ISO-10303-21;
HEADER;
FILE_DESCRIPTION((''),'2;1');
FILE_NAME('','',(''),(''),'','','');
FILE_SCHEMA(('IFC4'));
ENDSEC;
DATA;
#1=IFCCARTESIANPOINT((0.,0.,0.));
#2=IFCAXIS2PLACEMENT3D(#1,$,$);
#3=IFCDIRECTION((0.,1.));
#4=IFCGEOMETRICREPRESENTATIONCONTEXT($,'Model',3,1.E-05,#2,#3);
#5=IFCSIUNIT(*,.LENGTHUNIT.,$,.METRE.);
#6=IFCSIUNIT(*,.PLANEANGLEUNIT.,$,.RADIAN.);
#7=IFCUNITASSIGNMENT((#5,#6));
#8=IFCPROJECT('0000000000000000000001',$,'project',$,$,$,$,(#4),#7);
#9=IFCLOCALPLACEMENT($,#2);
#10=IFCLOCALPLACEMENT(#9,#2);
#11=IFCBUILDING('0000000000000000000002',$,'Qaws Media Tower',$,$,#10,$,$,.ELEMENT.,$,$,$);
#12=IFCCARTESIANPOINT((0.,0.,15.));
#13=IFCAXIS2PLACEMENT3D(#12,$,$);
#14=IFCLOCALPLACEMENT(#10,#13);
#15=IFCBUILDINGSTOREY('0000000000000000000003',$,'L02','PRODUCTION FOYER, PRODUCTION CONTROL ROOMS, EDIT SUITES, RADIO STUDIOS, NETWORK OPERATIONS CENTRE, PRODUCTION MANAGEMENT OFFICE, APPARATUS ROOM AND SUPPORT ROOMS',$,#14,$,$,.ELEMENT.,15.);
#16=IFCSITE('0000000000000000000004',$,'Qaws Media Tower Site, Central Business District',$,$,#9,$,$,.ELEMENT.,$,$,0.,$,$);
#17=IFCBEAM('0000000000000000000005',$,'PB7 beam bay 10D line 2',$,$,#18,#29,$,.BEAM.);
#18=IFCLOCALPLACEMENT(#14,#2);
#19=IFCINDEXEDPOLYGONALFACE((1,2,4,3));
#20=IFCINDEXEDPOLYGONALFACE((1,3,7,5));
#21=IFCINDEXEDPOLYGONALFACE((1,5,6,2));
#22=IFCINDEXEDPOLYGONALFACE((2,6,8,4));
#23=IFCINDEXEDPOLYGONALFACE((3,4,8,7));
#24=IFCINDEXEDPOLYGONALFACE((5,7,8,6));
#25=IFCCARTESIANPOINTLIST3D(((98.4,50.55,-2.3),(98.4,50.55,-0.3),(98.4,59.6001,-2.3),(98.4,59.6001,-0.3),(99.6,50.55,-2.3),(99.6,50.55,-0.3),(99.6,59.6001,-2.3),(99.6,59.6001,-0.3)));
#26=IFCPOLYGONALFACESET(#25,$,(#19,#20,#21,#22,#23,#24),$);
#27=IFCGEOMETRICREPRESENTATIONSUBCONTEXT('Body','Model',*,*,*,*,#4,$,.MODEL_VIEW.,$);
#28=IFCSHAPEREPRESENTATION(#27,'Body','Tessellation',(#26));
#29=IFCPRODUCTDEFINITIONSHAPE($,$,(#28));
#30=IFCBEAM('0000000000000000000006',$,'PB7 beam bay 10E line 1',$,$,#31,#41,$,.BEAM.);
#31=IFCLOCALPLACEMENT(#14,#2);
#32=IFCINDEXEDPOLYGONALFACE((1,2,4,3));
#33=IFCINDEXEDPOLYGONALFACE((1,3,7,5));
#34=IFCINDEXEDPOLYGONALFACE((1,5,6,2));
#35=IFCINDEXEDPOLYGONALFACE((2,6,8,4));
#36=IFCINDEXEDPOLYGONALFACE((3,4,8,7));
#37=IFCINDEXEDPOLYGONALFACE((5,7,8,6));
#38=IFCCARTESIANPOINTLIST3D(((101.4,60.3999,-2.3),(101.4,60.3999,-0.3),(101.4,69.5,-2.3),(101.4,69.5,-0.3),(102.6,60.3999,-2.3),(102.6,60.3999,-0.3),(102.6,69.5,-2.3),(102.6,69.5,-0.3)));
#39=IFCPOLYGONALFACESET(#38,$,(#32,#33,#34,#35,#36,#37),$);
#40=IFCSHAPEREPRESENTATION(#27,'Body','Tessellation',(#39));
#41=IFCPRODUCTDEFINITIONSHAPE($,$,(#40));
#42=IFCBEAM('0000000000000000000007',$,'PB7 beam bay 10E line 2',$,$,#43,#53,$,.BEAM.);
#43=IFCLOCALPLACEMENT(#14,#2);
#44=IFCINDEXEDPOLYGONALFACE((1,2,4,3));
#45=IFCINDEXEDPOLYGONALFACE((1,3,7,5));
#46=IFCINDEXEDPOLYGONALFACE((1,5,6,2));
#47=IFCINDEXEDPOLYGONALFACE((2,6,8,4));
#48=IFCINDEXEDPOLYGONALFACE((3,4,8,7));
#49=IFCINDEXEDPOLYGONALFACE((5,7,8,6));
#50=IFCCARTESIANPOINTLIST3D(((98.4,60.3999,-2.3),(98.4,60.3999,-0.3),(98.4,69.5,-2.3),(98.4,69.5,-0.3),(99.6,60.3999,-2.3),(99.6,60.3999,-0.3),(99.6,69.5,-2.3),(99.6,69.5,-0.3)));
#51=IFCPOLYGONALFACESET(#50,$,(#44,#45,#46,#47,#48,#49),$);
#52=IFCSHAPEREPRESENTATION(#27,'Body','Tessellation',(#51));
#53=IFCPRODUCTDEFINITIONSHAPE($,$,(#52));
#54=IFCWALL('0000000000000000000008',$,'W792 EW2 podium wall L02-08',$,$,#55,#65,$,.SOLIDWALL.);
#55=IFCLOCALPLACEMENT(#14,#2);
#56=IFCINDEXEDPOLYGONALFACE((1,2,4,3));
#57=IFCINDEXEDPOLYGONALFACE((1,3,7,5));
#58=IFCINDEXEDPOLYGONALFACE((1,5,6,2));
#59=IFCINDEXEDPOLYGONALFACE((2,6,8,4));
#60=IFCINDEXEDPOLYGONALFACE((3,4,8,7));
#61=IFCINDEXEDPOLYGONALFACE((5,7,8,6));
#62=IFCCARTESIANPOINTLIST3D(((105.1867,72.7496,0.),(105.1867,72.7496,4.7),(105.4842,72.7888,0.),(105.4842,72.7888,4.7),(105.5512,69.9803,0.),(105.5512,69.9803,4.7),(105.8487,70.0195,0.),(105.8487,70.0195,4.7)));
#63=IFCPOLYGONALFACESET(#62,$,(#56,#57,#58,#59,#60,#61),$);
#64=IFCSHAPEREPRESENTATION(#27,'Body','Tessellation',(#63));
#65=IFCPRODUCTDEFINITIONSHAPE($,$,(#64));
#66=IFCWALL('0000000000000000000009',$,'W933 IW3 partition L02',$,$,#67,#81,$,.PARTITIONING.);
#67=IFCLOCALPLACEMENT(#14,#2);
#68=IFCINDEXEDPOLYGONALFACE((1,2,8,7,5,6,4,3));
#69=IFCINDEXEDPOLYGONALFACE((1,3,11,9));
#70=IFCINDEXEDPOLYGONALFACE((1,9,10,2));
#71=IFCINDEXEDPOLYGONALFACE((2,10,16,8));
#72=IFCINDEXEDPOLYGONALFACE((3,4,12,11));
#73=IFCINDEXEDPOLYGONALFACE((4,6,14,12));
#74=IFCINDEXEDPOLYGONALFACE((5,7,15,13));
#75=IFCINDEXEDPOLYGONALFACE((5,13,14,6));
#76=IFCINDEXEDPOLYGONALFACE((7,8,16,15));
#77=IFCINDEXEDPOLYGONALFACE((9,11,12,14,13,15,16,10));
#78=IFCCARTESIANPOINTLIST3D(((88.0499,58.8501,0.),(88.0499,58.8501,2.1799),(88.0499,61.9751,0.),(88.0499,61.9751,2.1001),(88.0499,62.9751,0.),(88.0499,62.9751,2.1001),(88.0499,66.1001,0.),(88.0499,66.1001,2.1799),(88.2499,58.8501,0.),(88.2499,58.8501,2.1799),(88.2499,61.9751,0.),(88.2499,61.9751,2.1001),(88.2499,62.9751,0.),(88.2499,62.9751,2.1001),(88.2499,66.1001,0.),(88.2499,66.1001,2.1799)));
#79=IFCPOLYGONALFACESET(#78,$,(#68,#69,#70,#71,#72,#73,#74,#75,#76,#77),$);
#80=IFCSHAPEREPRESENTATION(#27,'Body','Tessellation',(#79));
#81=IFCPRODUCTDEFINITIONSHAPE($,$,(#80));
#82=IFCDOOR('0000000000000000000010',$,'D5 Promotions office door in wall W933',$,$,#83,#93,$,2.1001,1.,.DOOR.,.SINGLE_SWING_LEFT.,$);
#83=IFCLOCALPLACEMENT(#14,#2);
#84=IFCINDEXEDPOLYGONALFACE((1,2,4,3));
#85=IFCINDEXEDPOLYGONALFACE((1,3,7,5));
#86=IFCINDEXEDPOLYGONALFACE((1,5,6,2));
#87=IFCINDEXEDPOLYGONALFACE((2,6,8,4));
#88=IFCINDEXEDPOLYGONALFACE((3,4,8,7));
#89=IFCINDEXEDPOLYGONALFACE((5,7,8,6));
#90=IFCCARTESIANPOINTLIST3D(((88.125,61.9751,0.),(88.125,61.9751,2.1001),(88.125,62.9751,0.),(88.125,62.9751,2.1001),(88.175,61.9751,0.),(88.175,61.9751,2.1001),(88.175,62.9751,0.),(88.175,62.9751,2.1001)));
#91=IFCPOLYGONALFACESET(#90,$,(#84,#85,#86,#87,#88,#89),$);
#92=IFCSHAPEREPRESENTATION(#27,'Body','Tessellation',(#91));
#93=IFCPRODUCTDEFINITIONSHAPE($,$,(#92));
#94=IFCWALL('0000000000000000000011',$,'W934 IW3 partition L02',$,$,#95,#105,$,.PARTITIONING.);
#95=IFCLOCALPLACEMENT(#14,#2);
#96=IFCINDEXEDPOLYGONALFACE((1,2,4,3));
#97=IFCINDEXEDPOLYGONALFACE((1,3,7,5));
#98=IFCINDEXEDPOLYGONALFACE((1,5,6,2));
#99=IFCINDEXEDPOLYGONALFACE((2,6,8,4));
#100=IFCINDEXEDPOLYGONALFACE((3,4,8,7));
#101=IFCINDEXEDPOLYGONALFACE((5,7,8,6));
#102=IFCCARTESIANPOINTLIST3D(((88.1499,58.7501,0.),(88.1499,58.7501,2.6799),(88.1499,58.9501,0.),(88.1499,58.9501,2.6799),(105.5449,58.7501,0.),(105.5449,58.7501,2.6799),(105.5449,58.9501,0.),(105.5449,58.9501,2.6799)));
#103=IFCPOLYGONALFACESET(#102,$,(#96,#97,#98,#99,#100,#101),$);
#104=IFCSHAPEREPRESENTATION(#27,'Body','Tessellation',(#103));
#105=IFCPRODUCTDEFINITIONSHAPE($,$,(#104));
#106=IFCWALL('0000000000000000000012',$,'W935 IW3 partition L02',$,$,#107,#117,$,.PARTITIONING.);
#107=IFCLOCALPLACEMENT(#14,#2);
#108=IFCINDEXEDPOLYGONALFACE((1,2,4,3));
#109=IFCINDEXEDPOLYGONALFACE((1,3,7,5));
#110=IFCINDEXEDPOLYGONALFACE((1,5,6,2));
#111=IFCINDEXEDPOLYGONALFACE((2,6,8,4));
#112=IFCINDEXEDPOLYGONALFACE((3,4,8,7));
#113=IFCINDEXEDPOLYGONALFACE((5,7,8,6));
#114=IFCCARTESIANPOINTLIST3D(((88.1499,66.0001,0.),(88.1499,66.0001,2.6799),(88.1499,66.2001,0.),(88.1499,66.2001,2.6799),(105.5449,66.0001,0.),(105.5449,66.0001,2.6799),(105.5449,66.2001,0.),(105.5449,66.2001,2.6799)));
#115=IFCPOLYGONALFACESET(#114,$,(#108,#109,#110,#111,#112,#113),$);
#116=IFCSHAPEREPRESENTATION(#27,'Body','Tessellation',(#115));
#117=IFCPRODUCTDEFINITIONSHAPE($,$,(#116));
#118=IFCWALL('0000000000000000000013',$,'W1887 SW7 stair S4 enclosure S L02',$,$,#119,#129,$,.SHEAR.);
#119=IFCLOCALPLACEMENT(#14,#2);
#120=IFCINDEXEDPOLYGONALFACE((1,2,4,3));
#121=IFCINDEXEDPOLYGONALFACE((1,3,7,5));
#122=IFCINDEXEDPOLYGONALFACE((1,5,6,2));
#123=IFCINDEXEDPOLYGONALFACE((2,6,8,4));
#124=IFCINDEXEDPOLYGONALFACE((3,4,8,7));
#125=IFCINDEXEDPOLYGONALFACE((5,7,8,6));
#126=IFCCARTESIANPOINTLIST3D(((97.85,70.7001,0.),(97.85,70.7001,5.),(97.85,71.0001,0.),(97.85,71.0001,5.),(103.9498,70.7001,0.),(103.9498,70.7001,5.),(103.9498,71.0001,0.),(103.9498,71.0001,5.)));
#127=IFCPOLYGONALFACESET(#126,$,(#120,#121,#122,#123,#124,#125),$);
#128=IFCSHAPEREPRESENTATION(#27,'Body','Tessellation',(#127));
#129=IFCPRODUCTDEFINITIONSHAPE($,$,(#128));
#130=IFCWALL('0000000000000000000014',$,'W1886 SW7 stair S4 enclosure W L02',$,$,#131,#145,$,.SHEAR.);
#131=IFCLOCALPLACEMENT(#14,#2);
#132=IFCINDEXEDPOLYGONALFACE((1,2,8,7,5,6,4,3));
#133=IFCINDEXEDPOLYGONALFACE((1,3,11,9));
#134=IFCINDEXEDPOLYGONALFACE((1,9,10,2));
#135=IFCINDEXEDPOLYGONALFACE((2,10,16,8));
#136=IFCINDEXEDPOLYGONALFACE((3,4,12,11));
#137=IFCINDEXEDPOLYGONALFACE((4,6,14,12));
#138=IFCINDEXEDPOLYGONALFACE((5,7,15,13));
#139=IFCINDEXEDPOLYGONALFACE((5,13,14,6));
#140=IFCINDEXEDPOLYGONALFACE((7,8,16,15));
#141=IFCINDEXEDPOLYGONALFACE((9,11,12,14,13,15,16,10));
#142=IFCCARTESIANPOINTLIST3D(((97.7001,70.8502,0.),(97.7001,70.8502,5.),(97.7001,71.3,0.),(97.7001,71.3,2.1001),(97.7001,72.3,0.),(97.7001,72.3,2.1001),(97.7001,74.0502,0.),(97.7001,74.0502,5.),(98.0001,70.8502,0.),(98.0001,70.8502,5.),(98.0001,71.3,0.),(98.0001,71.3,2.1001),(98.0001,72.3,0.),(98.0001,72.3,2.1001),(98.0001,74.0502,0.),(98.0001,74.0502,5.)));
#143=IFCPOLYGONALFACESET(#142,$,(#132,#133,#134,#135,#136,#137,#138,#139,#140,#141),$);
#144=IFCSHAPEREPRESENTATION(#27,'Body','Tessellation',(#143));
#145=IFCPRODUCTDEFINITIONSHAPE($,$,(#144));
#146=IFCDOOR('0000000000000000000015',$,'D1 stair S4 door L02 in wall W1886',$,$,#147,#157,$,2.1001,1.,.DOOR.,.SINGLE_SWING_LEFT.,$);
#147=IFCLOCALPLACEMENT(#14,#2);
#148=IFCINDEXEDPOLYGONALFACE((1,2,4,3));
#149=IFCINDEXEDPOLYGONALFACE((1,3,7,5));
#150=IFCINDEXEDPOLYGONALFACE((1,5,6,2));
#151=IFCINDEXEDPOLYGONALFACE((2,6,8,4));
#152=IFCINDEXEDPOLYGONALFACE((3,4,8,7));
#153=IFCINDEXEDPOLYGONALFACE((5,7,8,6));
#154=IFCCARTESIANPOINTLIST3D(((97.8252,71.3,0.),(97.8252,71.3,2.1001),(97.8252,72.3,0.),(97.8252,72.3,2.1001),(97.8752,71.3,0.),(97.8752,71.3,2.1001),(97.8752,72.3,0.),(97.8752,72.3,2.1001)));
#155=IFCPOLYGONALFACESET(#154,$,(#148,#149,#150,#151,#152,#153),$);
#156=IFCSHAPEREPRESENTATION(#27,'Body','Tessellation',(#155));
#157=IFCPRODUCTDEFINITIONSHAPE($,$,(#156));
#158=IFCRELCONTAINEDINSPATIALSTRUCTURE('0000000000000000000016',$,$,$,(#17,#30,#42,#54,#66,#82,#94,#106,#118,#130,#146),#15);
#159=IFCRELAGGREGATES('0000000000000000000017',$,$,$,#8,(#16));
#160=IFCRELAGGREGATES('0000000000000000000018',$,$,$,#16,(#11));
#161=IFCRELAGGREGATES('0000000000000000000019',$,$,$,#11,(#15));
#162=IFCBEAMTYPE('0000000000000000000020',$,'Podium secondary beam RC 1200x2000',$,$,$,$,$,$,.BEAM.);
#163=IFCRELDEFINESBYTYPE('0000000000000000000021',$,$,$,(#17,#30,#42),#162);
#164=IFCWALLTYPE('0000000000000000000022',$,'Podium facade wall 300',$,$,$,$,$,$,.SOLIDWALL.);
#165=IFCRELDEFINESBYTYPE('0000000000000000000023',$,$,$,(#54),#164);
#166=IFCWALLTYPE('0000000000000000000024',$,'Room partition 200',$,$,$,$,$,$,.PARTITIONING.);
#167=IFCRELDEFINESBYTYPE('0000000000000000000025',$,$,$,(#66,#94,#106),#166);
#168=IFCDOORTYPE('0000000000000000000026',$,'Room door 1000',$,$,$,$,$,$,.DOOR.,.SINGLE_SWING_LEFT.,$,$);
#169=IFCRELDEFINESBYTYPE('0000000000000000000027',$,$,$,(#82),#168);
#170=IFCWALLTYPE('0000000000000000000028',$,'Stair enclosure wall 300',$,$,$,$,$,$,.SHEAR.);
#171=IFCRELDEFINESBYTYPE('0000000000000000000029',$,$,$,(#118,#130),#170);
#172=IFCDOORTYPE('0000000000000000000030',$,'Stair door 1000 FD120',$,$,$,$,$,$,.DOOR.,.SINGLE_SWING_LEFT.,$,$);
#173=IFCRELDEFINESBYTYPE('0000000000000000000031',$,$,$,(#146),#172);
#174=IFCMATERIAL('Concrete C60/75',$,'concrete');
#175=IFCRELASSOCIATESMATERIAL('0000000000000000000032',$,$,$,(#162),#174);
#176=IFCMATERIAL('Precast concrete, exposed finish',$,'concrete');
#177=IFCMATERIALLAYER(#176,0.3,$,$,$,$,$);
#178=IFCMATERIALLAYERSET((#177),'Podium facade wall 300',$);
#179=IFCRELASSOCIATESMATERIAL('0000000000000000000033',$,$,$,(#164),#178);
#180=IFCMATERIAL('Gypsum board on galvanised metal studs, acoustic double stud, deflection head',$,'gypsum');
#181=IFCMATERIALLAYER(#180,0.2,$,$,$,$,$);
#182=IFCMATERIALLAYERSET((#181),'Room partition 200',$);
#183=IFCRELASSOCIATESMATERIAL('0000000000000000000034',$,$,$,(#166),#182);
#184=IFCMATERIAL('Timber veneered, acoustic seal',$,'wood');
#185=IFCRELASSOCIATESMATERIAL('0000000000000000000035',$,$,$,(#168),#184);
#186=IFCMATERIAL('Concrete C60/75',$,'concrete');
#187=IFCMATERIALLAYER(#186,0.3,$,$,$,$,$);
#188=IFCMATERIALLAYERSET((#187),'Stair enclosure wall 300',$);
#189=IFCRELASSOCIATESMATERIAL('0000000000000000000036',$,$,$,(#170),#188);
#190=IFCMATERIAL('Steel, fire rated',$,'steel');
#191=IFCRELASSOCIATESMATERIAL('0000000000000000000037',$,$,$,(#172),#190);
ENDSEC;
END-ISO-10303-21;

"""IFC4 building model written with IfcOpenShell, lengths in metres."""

from ifc_helpers import new_model, si_unit, direction, frame, frame_2d, origin, origin_2d, place, context, subcontext, project, spatial, rectangle, extrude, material, layer, layer_set, material_profile, profile_set, type_object, element, fill, save


model = new_model("IFC4")

# Units and contexts
model_context = context("Model", 3, precision=1e-05, world=origin(), true_north=direction((0.0, 1.0)))
body_context = subcontext(model_context, "Body", "Model", "MODEL_VIEW")
ifc_project = project(units=[si_unit("LENGTHUNIT", "METRE"), si_unit("PLANEANGLEUNIT", "RADIAN")], contexts=[model_context])

# Site, building, storey
site_placement = place(None, origin())
site = spatial("IfcSite", under=ifc_project, at=site_placement, Name="Qaws Media Tower Site, Central Business District", CompositionType="ELEMENT", RefElevation=0.0)
building_placement = place(site_placement, origin())
building = spatial("IfcBuilding", under=site, at=building_placement, Name="Qaws Media Tower", CompositionType="ELEMENT")
storey_placement = place(building_placement, frame((0.0, 0.0, 15.0)))
storey = spatial("IfcBuildingStorey", under=building, at=storey_placement, Name="L02", Description="PRODUCTION FOYER, PRODUCTION CONTROL ROOMS, EDIT SUITES, RADIO STUDIOS, NETWORK OPERATIONS CENTRE, PRODUCTION MANAGEMENT OFFICE, APPARATUS ROOM AND SUPPORT ROOMS", CompositionType="ELEMENT", Elevation=15.0)

# Beams
ifc_material_1 = material(Name="Concrete C60/75", Category="concrete")
ifc_material_profile_1 = material_profile(ifc_material_1, rectangle(XDim=1.2, YDim=2.0, at=origin_2d()), Name="RC 1200x2000")
ifc_profile_set_1 = profile_set([ifc_material_profile_1], Name="Concrete C60/75")
beam_type_1 = type_object("IfcBeamType", Name="Podium secondary beam RC 1200x2000", PredefinedType="BEAM", material=ifc_profile_set_1)
for number, where, z_axis, x_axis, name in (
    (1, (99.0, 50.55, -1.3), (0.0, 1.0, 0.0), (-1.0, 0.0, 0.0), "PB7 beam bay 10D line 2"),
):
    element("IfcBeam", number, at=place(storey_placement, frame(where, z_axis=z_axis, x_axis=x_axis)), inside=storey, type_object=beam_type_1, Name=name, PredefinedType="BEAM", context=body_context, shape_type="SweptSolid", body=[
        extrude(rectangle(XDim=1.2, YDim=2.0, at=origin_2d()), origin(), (0.0, 0.0, 1.0), 9.05),
    ])
for number, where, z_axis, x_axis, name in (
    (2, (102.0, 60.3999, -1.3), (0.0, 1.0, 0.0), (-1.0, 0.0, 0.0), "PB7 beam bay 10E line 1"),
    (3, (99.0, 60.3999, -1.3), (0.0, 1.0, 0.0), (-1.0, 0.0, 0.0), "PB7 beam bay 10E line 2"),
):
    element("IfcBeam", number, at=place(storey_placement, frame(where, z_axis=z_axis, x_axis=x_axis)), inside=storey, type_object=beam_type_1, Name=name, PredefinedType="BEAM", context=body_context, shape_type="SweptSolid", body=[
        extrude(rectangle(XDim=1.2, YDim=2.0, at=origin_2d()), origin(), (0.0, 0.0, 1.0), 9.1001),
    ])

# Wall
ifc_material_2 = material(Name="Precast concrete, exposed finish", Category="concrete")
ifc_layer_1 = layer(ifc_material_2, 0.3)
ifc_layer_set_1 = layer_set([ifc_layer_1], Name="Podium facade wall 300")
wall_type_1 = type_object("IfcWallType", Name="Podium facade wall 300", PredefinedType="SOLIDWALL", material=ifc_layer_set_1)
wall_1_placement = place(storey_placement, frame((105.7, 70.0, 0.0), z_axis=(0.0, 0.0, 1.0), x_axis=(-0.130497, 0.991449, 0.0)))
element("IfcWall", 4, at=wall_1_placement, inside=storey, type_object=wall_type_1, Name="W792 EW2 podium wall L02-08", PredefinedType="SOLIDWALL", context=body_context, shape_type="SweptSolid", body=[
    extrude(rectangle(XDim=2.7932, YDim=0.3, at=frame_2d((1.3965, 0.0))), origin(), (0.0, 0.0, 1.0), 4.7),
])

# Wall, opening, door
ifc_material_3 = material(Name="Gypsum board on galvanised metal studs, acoustic double stud, deflection head", Category="gypsum")
ifc_layer_2 = layer(ifc_material_3, 0.2)
ifc_layer_set_2 = layer_set([ifc_layer_2], Name="Room partition 200")
wall_type_2 = type_object("IfcWallType", Name="Room partition 200", PredefinedType="PARTITIONING", material=ifc_layer_set_2)
wall_2_placement = place(storey_placement, frame((88.1499, 58.8501, 0.0), z_axis=(0.0, 0.0, 1.0), x_axis=(0.0, 1.0, 0.0)))
wall_2 = element("IfcWall", 5, at=wall_2_placement, inside=storey, type_object=wall_type_2, Name="W933 IW3 partition L02", PredefinedType="PARTITIONING", context=body_context, shape_type="SweptSolid", body=[
    extrude(rectangle(XDim=7.25, YDim=0.2, at=frame_2d((3.625, 0.0))), origin(), (0.0, 0.0, 1.0), 2.1799),
])
opening_1_placement = place(wall_2_placement, frame((3.125, 0.0, 0.0)))
opening_1 = element("IfcOpeningElement", 6, at=opening_1_placement, cuts=wall_2, PredefinedType="OPENING", context=body_context, shape_type="SweptSolid", body=[
    extrude(rectangle(XDim=1.0, YDim=2.1001, at=frame_2d((0.5, 1.05))), frame((0.0, 0.1099, 0.0), z_axis=(0.0, -1.0, 0.0), x_axis=(1.0, 0.0, 0.0)), (0.0, 0.0, 1.0), 0.22),
])
ifc_material_4 = material(Name="Timber veneered, acoustic seal", Category="wood")
door_type_1 = type_object("IfcDoorType", Name="Room door 1000", OperationType="SINGLE_SWING_LEFT", PredefinedType="DOOR", material=ifc_material_4)
door_1_placement = place(opening_1_placement, origin())
door_1 = element("IfcDoor", 7, at=door_1_placement, inside=storey, type_object=door_type_1, Name="D5 Promotions office door in wall W933", OperationType="SINGLE_SWING_LEFT", OverallHeight=2.1001, OverallWidth=1.0, PredefinedType="DOOR", context=body_context, shape_type="SweptSolid", body=[
    extrude(rectangle(XDim=1.0, YDim=2.1001, at=frame_2d((0.5, 1.05))), frame((0.0, 0.0249, 0.0), z_axis=(0.0, -1.0, 0.0), x_axis=(1.0, 0.0, 0.0)), (0.0, 0.0, 1.0), 0.05),
])
fill(opening_1, door_1)

# Walls
for number, where, z_axis, x_axis, name in (
    (8, (88.1499, 58.8501, 0.0), (0.0, 0.0, 1.0), (1.0, 0.0, 0.0), "W934 IW3 partition L02"),
    (9, (88.1499, 66.1001, 0.0), (0.0, 0.0, 1.0), (1.0, 0.0, 0.0), "W935 IW3 partition L02"),
):
    element("IfcWall", number, at=place(storey_placement, frame(where, z_axis=z_axis, x_axis=x_axis)), inside=storey, type_object=wall_type_2, Name=name, PredefinedType="PARTITIONING", context=body_context, shape_type="SweptSolid", body=[
        extrude(rectangle(XDim=17.395, YDim=0.2, at=frame_2d((8.6975, 0.0))), origin(), (0.0, 0.0, 1.0), 2.6799),
    ])
ifc_material_5 = material(Name="Concrete C60/75", Category="concrete")
ifc_layer_3 = layer(ifc_material_5, 0.3)
ifc_layer_set_3 = layer_set([ifc_layer_3], Name="Stair enclosure wall 300")
wall_type_3 = type_object("IfcWallType", Name="Stair enclosure wall 300", PredefinedType="SHEAR", material=ifc_layer_set_3)
wall_3_placement = place(storey_placement, frame((97.8501, 70.8501, 0.0), z_axis=(0.0, 0.0, 1.0), x_axis=(1.0, 0.0, 0.0)))
element("IfcWall", 10, at=wall_3_placement, inside=storey, type_object=wall_type_3, Name="W1887 SW7 stair S4 enclosure S L02", PredefinedType="SHEAR", context=body_context, shape_type="SweptSolid", body=[
    extrude(rectangle(XDim=6.0999, YDim=0.3, at=frame_2d((3.0498, 0.0))), origin(), (0.0, 0.0, 1.0), 5.0),
])

# Wall, opening, door
wall_4_placement = place(storey_placement, frame((97.8501, 70.8501, 0.0), z_axis=(0.0, 0.0, 1.0), x_axis=(0.0, 1.0, 0.0)))
wall_4 = element("IfcWall", 11, at=wall_4_placement, inside=storey, type_object=wall_type_3, Name="W1886 SW7 stair S4 enclosure W L02", PredefinedType="SHEAR", context=body_context, shape_type="SweptSolid", body=[
    extrude(rectangle(XDim=3.2, YDim=0.3, at=frame_2d((1.6001, 0.0))), origin(), (0.0, 0.0, 1.0), 5.0),
])
opening_2_placement = place(wall_4_placement, frame((0.45, 0.0, 0.0)))
opening_2 = element("IfcOpeningElement", 12, at=opening_2_placement, cuts=wall_4, PredefinedType="OPENING", context=body_context, shape_type="SweptSolid", body=[
    extrude(rectangle(XDim=1.0, YDim=2.1001, at=frame_2d((0.5, 1.05))), frame((0.0, 0.1599, 0.0), z_axis=(0.0, -1.0, 0.0), x_axis=(1.0, 0.0, 0.0)), (0.0, 0.0, 1.0), 0.3201),
])
ifc_material_6 = material(Name="Steel, fire rated", Category="steel")
door_type_2 = type_object("IfcDoorType", Name="Stair door 1000 FD120", OperationType="SINGLE_SWING_LEFT", PredefinedType="DOOR", material=ifc_material_6)
door_2_placement = place(opening_2_placement, origin())
door_2 = element("IfcDoor", 13, at=door_2_placement, inside=storey, type_object=door_type_2, Name="D1 stair S4 door L02 in wall W1886", OperationType="SINGLE_SWING_LEFT", OverallHeight=2.1001, OverallWidth=1.0, PredefinedType="DOOR", context=body_context, shape_type="SweptSolid", body=[
    extrude(rectangle(XDim=1.0, YDim=2.1001, at=frame_2d((0.5, 1.05))), frame((0.0, 0.0249, 0.0), z_axis=(0.0, -1.0, 0.0), x_axis=(1.0, 0.0, 0.0)), (0.0, 0.0, 1.0), 0.05),
])
fill(opening_2, door_2)

save(model, "model.ifc")
